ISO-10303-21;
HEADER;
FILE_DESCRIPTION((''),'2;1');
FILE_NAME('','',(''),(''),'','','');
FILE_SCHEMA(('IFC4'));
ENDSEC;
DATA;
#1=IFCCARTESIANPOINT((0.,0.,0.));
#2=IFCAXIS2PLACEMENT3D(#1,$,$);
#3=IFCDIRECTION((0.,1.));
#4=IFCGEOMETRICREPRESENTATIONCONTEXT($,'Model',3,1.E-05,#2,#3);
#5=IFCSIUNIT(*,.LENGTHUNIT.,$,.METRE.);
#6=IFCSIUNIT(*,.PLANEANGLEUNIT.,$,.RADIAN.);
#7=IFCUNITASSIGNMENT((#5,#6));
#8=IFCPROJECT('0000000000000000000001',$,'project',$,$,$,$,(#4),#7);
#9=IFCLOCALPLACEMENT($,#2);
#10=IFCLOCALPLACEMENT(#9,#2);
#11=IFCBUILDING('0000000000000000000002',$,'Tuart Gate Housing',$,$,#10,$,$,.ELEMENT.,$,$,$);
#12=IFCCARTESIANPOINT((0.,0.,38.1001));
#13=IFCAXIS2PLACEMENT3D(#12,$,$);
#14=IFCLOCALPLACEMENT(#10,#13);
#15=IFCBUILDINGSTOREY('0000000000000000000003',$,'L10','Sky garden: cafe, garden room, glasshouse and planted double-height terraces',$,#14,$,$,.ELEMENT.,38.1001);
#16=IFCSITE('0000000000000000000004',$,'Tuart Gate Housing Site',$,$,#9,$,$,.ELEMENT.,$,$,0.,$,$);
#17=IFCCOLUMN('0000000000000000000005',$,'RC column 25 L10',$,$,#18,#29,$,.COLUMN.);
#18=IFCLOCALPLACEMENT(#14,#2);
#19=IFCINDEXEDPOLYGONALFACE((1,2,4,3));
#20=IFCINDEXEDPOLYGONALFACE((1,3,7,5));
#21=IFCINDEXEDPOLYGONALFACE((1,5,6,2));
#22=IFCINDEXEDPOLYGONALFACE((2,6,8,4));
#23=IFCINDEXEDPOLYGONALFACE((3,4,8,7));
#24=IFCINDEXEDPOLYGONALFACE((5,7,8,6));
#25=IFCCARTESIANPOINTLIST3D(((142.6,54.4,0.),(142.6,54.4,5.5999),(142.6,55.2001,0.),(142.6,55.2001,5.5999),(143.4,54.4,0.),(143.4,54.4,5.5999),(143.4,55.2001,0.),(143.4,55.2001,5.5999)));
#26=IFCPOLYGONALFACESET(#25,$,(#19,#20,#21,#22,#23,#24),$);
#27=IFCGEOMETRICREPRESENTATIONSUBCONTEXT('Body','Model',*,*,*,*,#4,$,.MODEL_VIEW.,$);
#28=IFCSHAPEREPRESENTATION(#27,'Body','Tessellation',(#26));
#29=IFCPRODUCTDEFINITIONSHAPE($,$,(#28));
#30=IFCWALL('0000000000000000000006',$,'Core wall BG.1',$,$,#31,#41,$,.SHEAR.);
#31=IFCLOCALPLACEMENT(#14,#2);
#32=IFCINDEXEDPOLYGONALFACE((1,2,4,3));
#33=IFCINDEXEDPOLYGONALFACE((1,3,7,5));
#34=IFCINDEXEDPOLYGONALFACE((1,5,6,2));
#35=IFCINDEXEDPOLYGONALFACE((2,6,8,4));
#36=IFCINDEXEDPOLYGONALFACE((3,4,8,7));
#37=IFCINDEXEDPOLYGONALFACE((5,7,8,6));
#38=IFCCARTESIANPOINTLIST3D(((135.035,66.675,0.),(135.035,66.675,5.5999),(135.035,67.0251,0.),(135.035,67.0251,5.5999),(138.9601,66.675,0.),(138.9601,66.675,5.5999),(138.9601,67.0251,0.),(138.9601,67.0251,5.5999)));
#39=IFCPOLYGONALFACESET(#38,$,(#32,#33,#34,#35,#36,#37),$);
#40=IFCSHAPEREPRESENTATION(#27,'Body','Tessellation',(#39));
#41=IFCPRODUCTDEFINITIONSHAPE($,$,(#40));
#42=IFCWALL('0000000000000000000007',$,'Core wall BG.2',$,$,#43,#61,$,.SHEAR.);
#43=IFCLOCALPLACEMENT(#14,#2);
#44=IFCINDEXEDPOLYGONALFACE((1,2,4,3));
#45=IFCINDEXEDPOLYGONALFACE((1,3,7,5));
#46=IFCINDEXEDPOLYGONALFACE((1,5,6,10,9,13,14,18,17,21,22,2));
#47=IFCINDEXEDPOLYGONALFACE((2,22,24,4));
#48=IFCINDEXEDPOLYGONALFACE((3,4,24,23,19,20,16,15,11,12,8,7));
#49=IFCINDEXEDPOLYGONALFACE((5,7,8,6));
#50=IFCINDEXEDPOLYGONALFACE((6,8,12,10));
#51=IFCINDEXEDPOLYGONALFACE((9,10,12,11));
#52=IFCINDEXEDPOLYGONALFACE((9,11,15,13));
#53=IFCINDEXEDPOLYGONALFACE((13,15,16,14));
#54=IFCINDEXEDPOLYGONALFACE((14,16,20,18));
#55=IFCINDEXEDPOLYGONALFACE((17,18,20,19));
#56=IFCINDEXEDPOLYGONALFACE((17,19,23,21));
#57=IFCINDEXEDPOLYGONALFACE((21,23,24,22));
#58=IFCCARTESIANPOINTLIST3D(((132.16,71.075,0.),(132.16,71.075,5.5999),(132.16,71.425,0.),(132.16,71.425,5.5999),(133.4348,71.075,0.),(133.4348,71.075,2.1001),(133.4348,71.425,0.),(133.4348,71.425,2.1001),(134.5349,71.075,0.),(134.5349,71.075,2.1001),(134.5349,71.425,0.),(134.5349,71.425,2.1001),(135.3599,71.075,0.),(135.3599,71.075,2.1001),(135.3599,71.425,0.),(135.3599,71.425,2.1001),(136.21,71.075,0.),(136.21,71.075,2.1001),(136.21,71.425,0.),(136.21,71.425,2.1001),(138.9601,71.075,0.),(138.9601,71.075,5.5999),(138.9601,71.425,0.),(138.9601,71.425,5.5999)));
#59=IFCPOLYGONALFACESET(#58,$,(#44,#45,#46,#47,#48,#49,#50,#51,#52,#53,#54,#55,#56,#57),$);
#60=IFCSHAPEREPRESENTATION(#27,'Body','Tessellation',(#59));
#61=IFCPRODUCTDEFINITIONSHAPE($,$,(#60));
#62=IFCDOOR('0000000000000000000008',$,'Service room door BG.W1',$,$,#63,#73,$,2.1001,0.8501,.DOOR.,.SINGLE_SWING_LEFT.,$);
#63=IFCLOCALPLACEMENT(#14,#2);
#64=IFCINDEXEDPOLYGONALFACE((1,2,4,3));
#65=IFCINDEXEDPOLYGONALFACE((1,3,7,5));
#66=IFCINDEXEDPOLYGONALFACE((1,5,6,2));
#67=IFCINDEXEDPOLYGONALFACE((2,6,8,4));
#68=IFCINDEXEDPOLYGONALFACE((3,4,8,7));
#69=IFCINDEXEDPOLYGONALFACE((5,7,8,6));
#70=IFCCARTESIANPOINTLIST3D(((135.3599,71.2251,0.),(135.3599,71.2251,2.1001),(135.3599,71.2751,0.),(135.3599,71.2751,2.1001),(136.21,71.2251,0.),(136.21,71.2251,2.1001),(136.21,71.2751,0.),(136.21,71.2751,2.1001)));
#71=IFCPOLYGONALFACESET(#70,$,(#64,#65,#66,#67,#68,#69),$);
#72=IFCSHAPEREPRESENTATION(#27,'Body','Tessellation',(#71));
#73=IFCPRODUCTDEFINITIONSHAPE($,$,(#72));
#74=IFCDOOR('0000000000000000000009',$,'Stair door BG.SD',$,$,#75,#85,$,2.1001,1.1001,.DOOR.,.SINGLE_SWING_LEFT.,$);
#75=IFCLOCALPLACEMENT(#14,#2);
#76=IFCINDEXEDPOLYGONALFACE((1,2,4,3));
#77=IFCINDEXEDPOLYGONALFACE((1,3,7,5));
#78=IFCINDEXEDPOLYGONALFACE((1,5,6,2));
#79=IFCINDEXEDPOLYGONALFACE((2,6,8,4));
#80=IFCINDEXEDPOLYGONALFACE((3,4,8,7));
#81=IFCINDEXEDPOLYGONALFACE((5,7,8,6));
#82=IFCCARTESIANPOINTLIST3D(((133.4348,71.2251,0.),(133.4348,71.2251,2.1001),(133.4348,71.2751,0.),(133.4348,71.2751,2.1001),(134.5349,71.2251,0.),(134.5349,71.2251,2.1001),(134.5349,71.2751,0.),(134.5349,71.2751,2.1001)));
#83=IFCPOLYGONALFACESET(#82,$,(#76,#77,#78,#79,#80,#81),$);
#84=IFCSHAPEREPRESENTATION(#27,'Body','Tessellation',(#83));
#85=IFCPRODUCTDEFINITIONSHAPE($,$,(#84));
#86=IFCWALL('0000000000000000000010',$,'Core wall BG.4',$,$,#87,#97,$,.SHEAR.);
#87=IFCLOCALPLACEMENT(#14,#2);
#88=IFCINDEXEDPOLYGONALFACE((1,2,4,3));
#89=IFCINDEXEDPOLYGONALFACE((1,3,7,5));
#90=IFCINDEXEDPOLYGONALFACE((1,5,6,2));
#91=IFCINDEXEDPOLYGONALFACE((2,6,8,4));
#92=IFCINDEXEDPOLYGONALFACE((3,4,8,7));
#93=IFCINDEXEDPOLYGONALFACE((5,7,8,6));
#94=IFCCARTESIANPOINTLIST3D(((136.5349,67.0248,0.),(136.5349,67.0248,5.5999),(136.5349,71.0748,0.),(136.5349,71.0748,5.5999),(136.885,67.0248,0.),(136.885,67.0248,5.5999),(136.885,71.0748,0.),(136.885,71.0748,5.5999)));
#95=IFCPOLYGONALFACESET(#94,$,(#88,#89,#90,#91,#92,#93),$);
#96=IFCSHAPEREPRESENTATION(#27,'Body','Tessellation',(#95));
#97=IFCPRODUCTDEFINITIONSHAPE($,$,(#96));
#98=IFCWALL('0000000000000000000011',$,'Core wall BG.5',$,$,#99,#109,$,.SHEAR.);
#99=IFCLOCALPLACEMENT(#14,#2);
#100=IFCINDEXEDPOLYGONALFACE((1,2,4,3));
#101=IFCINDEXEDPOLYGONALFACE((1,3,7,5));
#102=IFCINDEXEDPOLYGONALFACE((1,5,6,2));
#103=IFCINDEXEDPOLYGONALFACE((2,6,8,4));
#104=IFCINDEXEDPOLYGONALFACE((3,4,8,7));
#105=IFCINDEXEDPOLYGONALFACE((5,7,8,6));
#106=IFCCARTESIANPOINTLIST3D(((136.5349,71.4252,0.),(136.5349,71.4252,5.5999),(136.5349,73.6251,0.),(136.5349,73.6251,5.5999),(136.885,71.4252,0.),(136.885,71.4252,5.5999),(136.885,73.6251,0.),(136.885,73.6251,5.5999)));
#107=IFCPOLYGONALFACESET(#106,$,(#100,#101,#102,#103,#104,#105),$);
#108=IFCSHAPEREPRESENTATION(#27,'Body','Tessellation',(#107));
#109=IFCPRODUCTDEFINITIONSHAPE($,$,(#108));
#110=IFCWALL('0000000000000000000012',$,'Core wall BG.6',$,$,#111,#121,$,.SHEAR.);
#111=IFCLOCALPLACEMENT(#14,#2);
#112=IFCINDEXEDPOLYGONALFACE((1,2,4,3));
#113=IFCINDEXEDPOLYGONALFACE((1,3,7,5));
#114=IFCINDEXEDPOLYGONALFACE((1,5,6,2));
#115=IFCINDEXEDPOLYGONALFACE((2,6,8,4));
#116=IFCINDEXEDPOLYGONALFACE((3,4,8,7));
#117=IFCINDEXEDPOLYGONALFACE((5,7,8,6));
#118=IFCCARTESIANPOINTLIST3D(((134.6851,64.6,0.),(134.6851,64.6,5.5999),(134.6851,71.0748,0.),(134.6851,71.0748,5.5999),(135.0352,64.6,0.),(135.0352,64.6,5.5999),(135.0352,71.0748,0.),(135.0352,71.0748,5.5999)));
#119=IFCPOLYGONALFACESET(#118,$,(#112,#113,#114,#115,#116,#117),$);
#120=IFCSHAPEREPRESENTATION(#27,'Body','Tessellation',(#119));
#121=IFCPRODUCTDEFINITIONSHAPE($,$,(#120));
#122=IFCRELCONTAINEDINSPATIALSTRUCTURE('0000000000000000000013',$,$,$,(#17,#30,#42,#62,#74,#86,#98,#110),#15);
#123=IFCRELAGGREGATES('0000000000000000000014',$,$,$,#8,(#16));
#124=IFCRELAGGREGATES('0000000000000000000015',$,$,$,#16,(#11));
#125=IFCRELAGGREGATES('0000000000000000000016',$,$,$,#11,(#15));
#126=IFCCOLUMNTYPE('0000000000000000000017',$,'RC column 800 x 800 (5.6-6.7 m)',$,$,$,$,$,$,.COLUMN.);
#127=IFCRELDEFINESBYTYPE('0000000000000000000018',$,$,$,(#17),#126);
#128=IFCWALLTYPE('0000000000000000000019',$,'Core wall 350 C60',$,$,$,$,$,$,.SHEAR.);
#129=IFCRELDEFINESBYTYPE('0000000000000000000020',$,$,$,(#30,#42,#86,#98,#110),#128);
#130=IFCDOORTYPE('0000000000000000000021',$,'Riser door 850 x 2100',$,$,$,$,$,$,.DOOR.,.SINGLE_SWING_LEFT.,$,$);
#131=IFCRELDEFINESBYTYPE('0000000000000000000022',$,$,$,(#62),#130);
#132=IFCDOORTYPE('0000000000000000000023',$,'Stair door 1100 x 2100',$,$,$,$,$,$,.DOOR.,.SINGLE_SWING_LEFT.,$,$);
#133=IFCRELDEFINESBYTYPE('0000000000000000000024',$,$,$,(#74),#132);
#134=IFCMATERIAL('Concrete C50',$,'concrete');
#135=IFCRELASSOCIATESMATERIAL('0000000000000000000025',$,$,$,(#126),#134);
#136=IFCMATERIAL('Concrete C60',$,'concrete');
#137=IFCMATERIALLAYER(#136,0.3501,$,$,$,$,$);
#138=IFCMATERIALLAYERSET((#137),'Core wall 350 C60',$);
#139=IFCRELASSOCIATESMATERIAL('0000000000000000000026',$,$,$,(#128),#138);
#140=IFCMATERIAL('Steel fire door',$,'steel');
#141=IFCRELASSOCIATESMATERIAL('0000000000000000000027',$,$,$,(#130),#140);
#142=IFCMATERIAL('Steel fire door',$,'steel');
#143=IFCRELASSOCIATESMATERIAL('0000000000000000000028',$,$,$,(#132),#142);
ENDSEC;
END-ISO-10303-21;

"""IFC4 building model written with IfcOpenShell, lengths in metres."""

from ifc_helpers import new_model, si_unit, direction, frame, frame_2d, origin, origin_2d, place, context, subcontext, project, spatial, rectangle, extrude, material, layer, layer_set, material_profile, profile_set, type_object, element, fill, save


model = new_model("IFC4")

# Units and contexts
model_context = context("Model", 3, precision=1e-05, world=origin(), true_north=direction((0.0, 1.0)))
body_context = subcontext(model_context, "Body", "Model", "MODEL_VIEW")
ifc_project = project(units=[si_unit("LENGTHUNIT", "METRE"), si_unit("PLANEANGLEUNIT", "RADIAN")], contexts=[model_context])

# Site, building, storey
site_placement = place(None, origin())
site = spatial("IfcSite", under=ifc_project, at=site_placement, Name="Tuart Gate Housing Site", CompositionType="ELEMENT", RefElevation=0.0)
building_placement = place(site_placement, origin())
building = spatial("IfcBuilding", under=site, at=building_placement, Name="Tuart Gate Housing", CompositionType="ELEMENT")
storey_placement = place(building_placement, frame((0.0, 0.0, 38.1001)))
storey = spatial("IfcBuildingStorey", under=building, at=storey_placement, Name="L10", Description="Sky garden: cafe, garden room, glasshouse and planted double-height terraces", CompositionType="ELEMENT", Elevation=38.1001)

# Column
ifc_material_1 = material(Name="Concrete C50", Category="concrete")
ifc_material_profile = material_profile(ifc_material_1, rectangle(XDim=0.8, YDim=0.8, at=origin_2d()), Name="RC column 800 x 800 (5.6-6.7 m)")
ifc_profile_set = profile_set([ifc_material_profile], Name="Concrete C50")
column_type = type_object("IfcColumnType", Name="RC column 800 x 800 (5.6-6.7 m)", PredefinedType="COLUMN", material=ifc_profile_set)
column_placement = place(storey_placement, frame((143.0, 54.8, 0.0), z_axis=(0.0, 0.0, 1.0), x_axis=(1.0, 0.0, 0.0)))
element("IfcColumn", 1, at=column_placement, inside=storey, type_object=column_type, Name="RC column 25 L10", PredefinedType="COLUMN", context=body_context, shape_type="SweptSolid", body=[
    extrude(rectangle(XDim=0.8, YDim=0.8, at=origin_2d()), origin(), (0.0, 0.0, 1.0), 5.5999),
])

# Wall
ifc_material_2 = material(Name="Concrete C60", Category="concrete")
ifc_layer_1 = layer(ifc_material_2, 0.3501)
ifc_layer_set_1 = layer_set([ifc_layer_1], Name="Core wall 350 C60")
wall_type_1 = type_object("IfcWallType", Name="Core wall 350 C60", PredefinedType="SHEAR", material=ifc_layer_set_1)
wall_1_placement = place(storey_placement, frame((138.96, 66.8501, 0.0), z_axis=(0.0, 0.0, 1.0), x_axis=(-1.0, 0.0, 0.0)))
element("IfcWall", 2, at=wall_1_placement, inside=storey, type_object=wall_type_1, Name="Core wall BG.1", PredefinedType="SHEAR", context=body_context, shape_type="SweptSolid", body=[
    extrude(rectangle(XDim=3.925, YDim=0.3501, at=frame_2d((1.9624, 0.0))), origin(), (0.0, 0.0, 1.0), 5.5999),
])

# Wall, openings, doors
wall_2_placement = place(storey_placement, frame((138.96, 71.25, 0.0), z_axis=(0.0, 0.0, 1.0), x_axis=(-1.0, 0.0, 0.0)))
wall_2 = element("IfcWall", 3, at=wall_2_placement, inside=storey, type_object=wall_type_1, Name="Core wall BG.2", PredefinedType="SHEAR", context=body_context, shape_type="SweptSolid", body=[
    extrude(rectangle(XDim=6.8, YDim=0.3501, at=frame_2d((3.3999, 0.0))), origin(), (0.0, 0.0, 1.0), 5.5999),
])
opening_1_placement = place(wall_2_placement, frame((4.425, 0.0, 0.0)))
opening_1 = element("IfcOpeningElement", 4, at=opening_1_placement, cuts=wall_2, PredefinedType="OPENING", context=body_context, shape_type="SweptSolid", body=[
    extrude(rectangle(XDim=1.1001, YDim=2.1001, at=frame_2d((0.55, 1.05))), frame((0.0, 0.1851, 0.0), z_axis=(0.0, -1.0, 0.0), x_axis=(1.0, 0.0, 0.0)), (0.0, 0.0, 1.0), 0.3701),
])
opening_2_placement = place(wall_2_placement, frame((2.75, 0.0, 0.0)))
opening_2 = element("IfcOpeningElement", 5, at=opening_2_placement, cuts=wall_2, PredefinedType="OPENING", context=body_context, shape_type="SweptSolid", body=[
    extrude(rectangle(XDim=0.8501, YDim=2.1001, at=frame_2d((0.425, 1.05))), frame((0.0, 0.1851, 0.0), z_axis=(0.0, -1.0, 0.0), x_axis=(1.0, 0.0, 0.0)), (0.0, 0.0, 1.0), 0.3701),
])
ifc_material_3 = material(Name="Steel fire door", Category="steel")
door_type_1 = type_object("IfcDoorType", Name="Riser door 850 x 2100", OperationType="SINGLE_SWING_LEFT", PredefinedType="DOOR", material=ifc_material_3)
door_1_placement = place(opening_2_placement, origin())
door_1 = element("IfcDoor", 6, at=door_1_placement, inside=storey, type_object=door_type_1, Name="Service room door BG.W1", OperationType="SINGLE_SWING_LEFT", OverallHeight=2.1001, OverallWidth=0.8501, PredefinedType="DOOR", context=body_context, shape_type="SweptSolid", body=[
    extrude(rectangle(XDim=0.8501, YDim=2.1001, at=frame_2d((0.425, 1.05))), frame((0.0, 0.0249, 0.0), z_axis=(0.0, -1.0, 0.0), x_axis=(1.0, 0.0, 0.0)), (0.0, 0.0, 1.0), 0.05),
])
fill(opening_2, door_1)
ifc_material_4 = material(Name="Steel fire door", Category="steel")
door_type_2 = type_object("IfcDoorType", Name="Stair door 1100 x 2100", OperationType="SINGLE_SWING_LEFT", PredefinedType="DOOR", material=ifc_material_4)
door_2_placement = place(opening_1_placement, origin())
door_2 = element("IfcDoor", 7, at=door_2_placement, inside=storey, type_object=door_type_2, Name="Stair door BG.SD", OperationType="SINGLE_SWING_LEFT", OverallHeight=2.1001, OverallWidth=1.1001, PredefinedType="DOOR", context=body_context, shape_type="SweptSolid", body=[
    extrude(rectangle(XDim=1.1001, YDim=2.1001, at=frame_2d((0.55, 1.05))), frame((0.0, 0.0249, 0.0), z_axis=(0.0, -1.0, 0.0), x_axis=(1.0, 0.0, 0.0)), (0.0, 0.0, 1.0), 0.05),
])
fill(opening_1, door_2)

# Walls
wall_3_placement = place(storey_placement, frame((136.71, 67.0249, 0.0), z_axis=(0.0, 0.0, 1.0), x_axis=(0.0, 1.0, 0.0)))
element("IfcWall", 8, at=wall_3_placement, inside=storey, type_object=wall_type_1, Name="Core wall BG.4", PredefinedType="SHEAR", context=body_context, shape_type="SweptSolid", body=[
    extrude(rectangle(XDim=4.05, YDim=0.3501, at=frame_2d((2.0249, 0.0))), origin(), (0.0, 0.0, 1.0), 5.5999),
])
wall_4_placement = place(storey_placement, frame((136.71, 71.425, 0.0), z_axis=(0.0, 0.0, 1.0), x_axis=(0.0, 1.0, 0.0)))
element("IfcWall", 9, at=wall_4_placement, inside=storey, type_object=wall_type_1, Name="Core wall BG.5", PredefinedType="SHEAR", context=body_context, shape_type="SweptSolid", body=[
    extrude(rectangle(XDim=2.2, YDim=0.3501, at=frame_2d((1.1001, 0.0))), origin(), (0.0, 0.0, 1.0), 5.5999),
])
wall_5_placement = place(storey_placement, frame((134.8601, 64.6001, 0.0), z_axis=(0.0, 0.0, 1.0), x_axis=(0.0, 1.0, 0.0)))
element("IfcWall", 10, at=wall_5_placement, inside=storey, type_object=wall_type_1, Name="Core wall BG.6", PredefinedType="SHEAR", context=body_context, shape_type="SweptSolid", body=[
    extrude(rectangle(XDim=6.4749, YDim=0.3501, at=frame_2d((3.2373, 0.0))), origin(), (0.0, 0.0, 1.0), 5.5999),
])

save(model, "model.ifc")
